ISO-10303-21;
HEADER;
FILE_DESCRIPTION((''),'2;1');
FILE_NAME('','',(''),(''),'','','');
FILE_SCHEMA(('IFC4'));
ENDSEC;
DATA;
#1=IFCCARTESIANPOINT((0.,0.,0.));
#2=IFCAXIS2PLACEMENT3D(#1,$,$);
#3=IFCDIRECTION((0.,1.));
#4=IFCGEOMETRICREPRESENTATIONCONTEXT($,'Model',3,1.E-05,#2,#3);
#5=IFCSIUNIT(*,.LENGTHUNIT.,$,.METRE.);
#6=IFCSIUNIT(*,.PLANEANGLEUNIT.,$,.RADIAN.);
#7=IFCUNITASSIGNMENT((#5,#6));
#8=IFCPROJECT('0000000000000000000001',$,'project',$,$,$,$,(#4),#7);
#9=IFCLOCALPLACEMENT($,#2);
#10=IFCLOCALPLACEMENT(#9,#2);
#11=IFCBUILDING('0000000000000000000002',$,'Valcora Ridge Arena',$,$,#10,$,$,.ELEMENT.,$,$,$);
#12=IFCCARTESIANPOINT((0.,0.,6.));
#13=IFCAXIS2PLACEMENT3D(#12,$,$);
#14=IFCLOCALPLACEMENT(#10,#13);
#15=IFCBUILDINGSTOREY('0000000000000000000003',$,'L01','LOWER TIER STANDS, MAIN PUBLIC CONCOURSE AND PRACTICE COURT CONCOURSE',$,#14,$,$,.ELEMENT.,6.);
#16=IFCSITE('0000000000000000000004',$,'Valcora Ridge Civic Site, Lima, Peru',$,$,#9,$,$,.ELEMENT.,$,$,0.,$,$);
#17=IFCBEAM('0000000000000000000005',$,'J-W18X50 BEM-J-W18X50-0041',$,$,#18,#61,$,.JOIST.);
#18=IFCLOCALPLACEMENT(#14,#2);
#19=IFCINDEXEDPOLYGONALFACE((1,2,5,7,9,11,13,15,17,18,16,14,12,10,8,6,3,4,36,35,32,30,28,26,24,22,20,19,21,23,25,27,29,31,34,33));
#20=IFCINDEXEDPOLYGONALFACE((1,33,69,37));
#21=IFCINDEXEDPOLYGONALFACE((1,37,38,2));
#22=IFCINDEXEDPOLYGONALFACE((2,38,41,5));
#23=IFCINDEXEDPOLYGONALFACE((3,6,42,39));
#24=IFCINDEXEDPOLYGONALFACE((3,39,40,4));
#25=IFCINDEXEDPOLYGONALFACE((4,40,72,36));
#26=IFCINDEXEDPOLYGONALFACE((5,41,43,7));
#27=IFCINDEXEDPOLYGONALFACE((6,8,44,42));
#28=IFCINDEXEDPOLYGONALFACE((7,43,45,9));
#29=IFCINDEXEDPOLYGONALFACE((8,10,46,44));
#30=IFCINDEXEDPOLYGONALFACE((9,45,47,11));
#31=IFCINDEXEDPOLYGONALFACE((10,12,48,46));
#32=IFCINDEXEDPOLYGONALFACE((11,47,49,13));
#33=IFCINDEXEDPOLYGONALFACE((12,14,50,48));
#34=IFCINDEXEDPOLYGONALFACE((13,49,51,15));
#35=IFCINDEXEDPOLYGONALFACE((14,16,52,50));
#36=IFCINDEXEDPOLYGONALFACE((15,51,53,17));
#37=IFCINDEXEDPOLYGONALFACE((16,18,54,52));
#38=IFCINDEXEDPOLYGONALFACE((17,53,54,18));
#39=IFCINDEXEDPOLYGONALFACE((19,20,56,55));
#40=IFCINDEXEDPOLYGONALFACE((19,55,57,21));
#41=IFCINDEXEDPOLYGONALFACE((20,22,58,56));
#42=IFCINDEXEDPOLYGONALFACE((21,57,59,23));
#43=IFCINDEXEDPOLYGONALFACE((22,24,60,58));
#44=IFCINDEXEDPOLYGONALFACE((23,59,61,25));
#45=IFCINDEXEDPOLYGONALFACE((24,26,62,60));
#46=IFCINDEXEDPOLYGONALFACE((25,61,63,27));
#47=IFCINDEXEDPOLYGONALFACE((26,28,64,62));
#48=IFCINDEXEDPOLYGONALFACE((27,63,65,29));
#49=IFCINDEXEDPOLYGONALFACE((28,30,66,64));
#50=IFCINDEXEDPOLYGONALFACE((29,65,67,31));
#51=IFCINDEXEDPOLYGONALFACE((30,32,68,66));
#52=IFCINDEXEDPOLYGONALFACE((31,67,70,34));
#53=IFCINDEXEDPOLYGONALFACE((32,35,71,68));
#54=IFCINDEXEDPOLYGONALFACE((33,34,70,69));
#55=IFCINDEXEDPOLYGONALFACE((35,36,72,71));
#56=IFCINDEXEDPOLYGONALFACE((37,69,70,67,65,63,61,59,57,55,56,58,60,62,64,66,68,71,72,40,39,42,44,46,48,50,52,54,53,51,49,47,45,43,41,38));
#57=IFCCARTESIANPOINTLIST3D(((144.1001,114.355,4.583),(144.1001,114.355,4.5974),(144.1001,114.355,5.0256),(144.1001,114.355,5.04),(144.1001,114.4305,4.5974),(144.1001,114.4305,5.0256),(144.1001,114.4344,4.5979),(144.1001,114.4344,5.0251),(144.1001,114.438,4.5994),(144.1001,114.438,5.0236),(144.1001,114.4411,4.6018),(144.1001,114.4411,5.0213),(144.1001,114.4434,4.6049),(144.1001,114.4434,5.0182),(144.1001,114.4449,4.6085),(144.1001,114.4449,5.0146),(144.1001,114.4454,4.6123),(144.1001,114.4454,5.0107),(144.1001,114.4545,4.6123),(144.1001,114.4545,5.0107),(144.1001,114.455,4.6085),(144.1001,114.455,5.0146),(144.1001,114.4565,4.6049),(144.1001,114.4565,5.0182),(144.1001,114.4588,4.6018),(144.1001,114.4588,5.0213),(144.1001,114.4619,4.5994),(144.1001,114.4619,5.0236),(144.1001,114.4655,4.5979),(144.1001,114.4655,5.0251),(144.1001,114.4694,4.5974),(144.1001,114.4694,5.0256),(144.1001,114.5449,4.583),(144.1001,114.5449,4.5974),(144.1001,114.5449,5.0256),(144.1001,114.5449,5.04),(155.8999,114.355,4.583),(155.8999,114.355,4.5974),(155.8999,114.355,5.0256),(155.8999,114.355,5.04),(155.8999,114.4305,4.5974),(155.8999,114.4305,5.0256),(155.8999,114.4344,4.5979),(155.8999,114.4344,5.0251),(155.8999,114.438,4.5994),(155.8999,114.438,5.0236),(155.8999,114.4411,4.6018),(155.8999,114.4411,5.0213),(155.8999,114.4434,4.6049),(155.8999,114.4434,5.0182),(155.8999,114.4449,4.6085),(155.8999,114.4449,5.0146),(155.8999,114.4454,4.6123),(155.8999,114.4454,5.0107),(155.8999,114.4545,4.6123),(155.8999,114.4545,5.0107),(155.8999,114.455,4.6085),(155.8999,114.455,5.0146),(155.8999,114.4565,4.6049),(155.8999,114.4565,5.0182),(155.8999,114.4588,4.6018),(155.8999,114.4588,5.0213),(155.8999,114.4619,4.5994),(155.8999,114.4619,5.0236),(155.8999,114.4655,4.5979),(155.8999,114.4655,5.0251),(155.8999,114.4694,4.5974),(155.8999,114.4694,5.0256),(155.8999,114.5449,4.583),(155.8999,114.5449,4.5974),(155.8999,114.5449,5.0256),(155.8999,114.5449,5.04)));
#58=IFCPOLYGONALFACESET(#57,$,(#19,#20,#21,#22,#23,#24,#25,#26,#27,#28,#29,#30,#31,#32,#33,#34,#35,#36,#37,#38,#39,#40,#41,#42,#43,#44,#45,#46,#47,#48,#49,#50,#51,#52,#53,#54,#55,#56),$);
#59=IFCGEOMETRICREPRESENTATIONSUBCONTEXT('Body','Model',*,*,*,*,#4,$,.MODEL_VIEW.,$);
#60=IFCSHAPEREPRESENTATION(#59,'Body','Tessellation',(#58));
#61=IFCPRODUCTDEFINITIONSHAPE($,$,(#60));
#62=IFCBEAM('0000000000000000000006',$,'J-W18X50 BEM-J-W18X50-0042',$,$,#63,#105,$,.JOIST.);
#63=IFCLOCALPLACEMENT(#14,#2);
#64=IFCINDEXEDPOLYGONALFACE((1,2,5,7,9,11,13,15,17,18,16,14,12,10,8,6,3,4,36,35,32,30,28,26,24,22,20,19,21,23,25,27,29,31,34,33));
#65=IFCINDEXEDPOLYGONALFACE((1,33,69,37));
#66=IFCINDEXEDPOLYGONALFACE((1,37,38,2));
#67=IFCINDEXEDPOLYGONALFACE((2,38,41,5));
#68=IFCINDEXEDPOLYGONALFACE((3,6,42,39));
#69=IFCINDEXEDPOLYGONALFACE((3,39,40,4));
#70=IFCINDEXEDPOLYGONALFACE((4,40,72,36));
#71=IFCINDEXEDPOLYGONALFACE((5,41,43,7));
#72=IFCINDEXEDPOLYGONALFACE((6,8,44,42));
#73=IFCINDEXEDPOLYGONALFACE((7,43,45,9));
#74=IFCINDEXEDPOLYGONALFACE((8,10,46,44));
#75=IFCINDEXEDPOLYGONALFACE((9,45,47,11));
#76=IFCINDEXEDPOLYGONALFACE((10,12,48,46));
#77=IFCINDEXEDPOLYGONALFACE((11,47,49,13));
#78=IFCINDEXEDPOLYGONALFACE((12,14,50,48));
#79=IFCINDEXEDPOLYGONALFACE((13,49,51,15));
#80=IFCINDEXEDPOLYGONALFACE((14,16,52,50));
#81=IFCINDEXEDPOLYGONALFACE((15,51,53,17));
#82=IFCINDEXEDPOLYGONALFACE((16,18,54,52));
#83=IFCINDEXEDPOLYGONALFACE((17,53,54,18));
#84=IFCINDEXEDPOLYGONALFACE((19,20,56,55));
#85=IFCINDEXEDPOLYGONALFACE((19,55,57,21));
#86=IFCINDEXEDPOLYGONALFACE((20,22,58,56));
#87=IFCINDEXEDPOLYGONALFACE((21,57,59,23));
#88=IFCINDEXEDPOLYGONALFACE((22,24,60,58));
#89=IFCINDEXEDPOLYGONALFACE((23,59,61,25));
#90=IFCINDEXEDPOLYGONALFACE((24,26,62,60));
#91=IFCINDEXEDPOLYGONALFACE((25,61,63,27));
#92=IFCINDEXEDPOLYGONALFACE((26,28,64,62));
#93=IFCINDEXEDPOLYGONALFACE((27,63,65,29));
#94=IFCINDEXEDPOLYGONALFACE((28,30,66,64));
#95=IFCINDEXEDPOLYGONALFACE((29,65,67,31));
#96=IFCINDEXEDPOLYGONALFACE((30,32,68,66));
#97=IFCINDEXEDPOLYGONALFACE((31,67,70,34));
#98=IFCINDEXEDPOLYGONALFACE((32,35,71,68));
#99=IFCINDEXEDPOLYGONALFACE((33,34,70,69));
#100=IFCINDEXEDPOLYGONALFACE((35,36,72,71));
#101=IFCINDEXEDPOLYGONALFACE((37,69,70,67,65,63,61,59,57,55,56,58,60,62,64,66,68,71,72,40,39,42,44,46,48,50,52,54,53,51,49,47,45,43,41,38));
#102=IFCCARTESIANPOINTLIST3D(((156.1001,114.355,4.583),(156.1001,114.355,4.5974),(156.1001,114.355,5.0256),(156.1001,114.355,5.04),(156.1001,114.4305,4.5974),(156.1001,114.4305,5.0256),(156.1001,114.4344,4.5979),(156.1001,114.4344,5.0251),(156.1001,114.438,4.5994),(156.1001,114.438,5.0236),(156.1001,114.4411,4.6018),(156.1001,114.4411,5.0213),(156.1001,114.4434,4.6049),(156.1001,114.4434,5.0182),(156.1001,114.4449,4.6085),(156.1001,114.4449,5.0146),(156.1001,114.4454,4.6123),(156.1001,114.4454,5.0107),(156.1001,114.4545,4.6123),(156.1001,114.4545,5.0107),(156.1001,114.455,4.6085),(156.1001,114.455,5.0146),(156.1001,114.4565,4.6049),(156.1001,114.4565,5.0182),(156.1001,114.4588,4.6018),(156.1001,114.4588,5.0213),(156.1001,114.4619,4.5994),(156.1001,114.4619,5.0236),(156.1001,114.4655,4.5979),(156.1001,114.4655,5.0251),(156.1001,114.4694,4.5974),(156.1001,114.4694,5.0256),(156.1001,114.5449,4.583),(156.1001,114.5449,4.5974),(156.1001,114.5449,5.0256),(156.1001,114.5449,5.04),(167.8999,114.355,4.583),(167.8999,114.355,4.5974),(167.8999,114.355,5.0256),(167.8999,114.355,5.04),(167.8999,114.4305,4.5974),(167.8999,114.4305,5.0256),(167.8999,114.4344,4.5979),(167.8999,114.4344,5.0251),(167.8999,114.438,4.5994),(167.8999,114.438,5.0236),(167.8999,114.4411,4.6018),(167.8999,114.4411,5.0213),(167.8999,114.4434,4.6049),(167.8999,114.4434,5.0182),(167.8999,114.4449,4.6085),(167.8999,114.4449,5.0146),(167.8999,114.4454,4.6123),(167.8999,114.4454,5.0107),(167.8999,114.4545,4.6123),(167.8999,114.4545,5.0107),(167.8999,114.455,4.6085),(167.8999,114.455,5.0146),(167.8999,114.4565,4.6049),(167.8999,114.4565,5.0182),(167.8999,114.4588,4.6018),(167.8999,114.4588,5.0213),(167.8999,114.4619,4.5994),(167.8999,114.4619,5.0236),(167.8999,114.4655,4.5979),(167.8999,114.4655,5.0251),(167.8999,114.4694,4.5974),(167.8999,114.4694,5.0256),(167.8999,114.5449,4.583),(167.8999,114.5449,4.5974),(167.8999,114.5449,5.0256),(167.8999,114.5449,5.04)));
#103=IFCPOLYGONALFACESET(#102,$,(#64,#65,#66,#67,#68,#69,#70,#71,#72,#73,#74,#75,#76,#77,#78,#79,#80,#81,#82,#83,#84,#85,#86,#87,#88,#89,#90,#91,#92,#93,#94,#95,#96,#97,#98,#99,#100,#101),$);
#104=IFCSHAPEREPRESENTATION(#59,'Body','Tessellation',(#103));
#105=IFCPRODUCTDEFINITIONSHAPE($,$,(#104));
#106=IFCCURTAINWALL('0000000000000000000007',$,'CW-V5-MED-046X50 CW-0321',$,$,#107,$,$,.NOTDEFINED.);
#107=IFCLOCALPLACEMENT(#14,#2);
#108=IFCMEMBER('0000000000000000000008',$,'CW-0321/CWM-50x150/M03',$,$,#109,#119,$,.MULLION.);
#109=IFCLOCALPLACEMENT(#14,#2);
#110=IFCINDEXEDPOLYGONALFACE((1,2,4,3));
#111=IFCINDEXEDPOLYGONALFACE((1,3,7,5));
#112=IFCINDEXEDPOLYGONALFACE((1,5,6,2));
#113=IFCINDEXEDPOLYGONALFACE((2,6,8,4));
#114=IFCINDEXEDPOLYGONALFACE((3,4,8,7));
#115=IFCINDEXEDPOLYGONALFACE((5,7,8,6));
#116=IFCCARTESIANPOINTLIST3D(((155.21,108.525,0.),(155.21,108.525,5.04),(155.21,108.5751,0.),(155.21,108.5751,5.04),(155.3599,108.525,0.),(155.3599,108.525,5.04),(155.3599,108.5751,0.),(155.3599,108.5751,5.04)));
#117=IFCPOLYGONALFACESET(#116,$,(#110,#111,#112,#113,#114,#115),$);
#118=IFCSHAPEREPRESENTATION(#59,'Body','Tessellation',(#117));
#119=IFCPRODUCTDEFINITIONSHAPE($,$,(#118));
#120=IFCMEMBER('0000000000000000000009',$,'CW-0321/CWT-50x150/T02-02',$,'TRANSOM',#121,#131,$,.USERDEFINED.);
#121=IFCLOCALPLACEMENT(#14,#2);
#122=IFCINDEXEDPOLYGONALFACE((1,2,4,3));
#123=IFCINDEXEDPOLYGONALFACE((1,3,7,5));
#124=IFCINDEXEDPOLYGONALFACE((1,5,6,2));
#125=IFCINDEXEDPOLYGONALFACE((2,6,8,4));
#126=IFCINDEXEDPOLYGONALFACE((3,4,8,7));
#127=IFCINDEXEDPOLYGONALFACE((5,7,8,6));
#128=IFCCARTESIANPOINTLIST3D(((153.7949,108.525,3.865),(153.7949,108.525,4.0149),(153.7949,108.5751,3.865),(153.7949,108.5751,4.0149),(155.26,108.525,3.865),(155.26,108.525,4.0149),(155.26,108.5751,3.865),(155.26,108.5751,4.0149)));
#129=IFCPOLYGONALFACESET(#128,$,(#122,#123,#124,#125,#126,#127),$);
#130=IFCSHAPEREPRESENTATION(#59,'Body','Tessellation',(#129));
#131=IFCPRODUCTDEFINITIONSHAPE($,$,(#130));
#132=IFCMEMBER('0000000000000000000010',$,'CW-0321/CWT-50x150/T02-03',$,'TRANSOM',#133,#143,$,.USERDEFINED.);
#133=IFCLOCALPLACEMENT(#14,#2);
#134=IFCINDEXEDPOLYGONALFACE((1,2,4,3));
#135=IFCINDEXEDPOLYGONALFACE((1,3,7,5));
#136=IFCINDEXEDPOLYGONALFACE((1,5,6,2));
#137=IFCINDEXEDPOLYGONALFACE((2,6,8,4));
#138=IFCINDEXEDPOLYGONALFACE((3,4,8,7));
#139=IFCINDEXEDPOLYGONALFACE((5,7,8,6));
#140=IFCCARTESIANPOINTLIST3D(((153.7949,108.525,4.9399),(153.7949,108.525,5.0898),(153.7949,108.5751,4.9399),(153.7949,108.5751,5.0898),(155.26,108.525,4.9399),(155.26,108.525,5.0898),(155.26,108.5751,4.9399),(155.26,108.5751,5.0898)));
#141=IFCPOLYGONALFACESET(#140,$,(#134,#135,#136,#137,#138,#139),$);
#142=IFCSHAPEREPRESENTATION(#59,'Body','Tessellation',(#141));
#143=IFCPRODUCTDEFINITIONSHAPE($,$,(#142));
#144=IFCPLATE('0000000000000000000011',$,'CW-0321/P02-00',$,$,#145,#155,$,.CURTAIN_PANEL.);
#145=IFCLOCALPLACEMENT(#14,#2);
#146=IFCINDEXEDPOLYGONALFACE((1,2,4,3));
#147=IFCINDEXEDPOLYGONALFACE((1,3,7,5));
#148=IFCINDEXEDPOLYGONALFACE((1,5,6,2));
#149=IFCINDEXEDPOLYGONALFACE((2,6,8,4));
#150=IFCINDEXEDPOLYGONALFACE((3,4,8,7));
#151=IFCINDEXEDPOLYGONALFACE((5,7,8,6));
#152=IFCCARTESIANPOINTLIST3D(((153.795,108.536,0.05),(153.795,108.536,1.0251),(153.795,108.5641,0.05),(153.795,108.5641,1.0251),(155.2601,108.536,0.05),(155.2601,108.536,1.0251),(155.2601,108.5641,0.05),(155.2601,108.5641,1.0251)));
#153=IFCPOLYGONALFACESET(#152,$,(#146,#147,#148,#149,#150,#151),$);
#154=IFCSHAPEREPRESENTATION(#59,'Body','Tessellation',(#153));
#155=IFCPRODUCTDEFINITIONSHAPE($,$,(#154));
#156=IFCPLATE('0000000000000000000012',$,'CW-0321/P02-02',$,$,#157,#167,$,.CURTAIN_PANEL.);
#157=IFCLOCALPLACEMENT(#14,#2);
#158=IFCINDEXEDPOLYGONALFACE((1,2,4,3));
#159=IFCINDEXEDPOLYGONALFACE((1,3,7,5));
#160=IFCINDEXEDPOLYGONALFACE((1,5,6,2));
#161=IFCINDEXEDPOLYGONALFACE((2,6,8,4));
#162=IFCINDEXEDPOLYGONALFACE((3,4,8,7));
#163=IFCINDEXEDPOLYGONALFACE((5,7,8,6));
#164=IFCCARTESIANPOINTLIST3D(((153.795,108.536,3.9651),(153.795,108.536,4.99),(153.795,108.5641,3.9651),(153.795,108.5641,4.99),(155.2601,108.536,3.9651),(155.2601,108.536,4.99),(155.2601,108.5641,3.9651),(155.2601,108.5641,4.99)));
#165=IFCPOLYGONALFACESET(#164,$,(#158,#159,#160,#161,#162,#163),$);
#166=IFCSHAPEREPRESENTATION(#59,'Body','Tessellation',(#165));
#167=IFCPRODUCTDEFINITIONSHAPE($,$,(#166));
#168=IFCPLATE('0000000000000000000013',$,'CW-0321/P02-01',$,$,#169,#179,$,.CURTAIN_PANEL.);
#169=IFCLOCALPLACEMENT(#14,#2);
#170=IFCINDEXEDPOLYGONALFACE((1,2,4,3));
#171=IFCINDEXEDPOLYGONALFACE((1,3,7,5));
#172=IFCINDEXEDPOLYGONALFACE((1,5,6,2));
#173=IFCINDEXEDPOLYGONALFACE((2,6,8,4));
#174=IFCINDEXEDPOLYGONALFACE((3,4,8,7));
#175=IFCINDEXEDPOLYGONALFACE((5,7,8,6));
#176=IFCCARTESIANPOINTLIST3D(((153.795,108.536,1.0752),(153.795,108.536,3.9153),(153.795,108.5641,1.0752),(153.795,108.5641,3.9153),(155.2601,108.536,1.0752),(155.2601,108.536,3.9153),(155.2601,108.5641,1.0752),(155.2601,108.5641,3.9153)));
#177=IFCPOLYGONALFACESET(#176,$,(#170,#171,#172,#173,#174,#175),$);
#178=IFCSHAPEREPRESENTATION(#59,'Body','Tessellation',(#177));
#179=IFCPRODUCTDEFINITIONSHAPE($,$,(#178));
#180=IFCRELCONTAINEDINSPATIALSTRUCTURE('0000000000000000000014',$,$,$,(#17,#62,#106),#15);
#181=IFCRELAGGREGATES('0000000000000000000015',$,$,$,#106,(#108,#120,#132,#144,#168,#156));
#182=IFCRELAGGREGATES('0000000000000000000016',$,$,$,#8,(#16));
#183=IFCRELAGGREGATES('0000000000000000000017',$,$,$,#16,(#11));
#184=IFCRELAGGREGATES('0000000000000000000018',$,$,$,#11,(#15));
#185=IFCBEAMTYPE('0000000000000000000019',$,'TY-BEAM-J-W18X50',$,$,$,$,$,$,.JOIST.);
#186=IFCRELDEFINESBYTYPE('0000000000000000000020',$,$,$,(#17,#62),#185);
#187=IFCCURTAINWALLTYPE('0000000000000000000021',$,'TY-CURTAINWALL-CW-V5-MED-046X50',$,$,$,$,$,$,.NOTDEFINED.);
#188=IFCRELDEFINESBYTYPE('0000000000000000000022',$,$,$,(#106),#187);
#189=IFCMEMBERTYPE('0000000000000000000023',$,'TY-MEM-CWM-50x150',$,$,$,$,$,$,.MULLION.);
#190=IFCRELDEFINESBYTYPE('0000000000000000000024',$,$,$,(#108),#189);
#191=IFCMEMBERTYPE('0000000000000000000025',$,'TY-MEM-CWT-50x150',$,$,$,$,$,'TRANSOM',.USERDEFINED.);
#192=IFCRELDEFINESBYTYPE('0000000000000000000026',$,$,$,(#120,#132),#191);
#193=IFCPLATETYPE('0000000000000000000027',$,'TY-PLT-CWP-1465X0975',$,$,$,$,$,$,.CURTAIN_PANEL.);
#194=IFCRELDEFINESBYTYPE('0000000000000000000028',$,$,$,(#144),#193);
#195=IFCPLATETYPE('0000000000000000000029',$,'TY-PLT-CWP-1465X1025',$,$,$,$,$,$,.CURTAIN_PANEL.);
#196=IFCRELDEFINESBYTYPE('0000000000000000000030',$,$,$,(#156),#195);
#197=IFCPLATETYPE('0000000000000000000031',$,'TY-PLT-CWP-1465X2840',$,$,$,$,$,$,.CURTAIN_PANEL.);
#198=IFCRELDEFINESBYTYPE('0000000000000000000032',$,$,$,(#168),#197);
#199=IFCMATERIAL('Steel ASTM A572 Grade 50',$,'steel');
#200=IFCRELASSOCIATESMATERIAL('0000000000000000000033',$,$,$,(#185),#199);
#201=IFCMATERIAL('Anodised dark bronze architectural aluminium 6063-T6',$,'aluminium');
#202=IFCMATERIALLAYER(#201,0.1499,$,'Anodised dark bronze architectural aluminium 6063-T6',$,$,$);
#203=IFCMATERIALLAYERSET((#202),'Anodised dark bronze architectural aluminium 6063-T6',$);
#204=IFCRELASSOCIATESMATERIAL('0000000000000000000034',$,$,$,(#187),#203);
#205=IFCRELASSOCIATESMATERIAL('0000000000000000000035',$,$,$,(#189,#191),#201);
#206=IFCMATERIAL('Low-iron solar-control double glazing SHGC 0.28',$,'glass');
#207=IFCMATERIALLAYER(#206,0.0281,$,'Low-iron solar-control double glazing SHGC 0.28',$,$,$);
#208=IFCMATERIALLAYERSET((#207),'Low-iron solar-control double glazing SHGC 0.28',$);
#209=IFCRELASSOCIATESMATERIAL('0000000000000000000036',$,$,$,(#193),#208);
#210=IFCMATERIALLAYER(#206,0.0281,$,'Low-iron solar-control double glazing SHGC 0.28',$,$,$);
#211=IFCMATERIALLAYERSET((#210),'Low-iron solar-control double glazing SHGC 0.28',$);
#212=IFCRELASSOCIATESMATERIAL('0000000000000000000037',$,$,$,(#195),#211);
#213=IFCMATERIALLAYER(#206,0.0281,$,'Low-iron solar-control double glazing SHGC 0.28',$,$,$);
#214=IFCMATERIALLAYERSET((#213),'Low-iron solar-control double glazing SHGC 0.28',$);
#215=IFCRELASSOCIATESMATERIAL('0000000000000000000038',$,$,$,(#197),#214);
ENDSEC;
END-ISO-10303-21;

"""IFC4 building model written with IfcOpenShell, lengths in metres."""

from ifc_helpers import new_model, si_unit, direction, frame, origin, origin_2d, place, context, subcontext, project, spatial, rectangle, i_section, extrude, material, layer, layer_set, material_profile, profile_set, type_object, element, aggregate, save


model = new_model("IFC4")

# Units and contexts
model_context = context("Model", 3, precision=1e-05, world=origin(), true_north=direction((0.0, 1.0)))
body_context = subcontext(model_context, "Body", "Model", "MODEL_VIEW")
ifc_project = project(units=[si_unit("LENGTHUNIT", "METRE"), si_unit("PLANEANGLEUNIT", "RADIAN")], contexts=[model_context])

# Site, building, storey
site_placement = place(None, origin())
site = spatial("IfcSite", under=ifc_project, at=site_placement, Name="Valcora Ridge Civic Site, Lima, Peru", CompositionType="ELEMENT", RefElevation=0.0)
building_placement = place(site_placement, origin())
building = spatial("IfcBuilding", under=site, at=building_placement, Name="Valcora Ridge Arena", CompositionType="ELEMENT")
storey_placement = place(building_placement, frame((0.0, 0.0, 6.0)))
storey = spatial("IfcBuildingStorey", under=building, at=storey_placement, Name="L01", Description="LOWER TIER STANDS, MAIN PUBLIC CONCOURSE AND PRACTICE COURT CONCOURSE", CompositionType="ELEMENT", Elevation=6.0)

# Beams
ifc_material_1 = material(Name="Steel ASTM A572 Grade 50", Category="steel")
ifc_material_profile_1 = material_profile(ifc_material_1, i_section(OverallWidth=0.1899, OverallDepth=0.457, WebThickness=0.009, FlangeThickness=0.0144, FilletRadius=0.0149, at=origin_2d()), Name="W18X50")
ifc_profile_set_1 = profile_set([ifc_material_profile_1], Name="Steel ASTM A572 Grade 50")
beam_type_1 = type_object("IfcBeamType", Name="TY-BEAM-J-W18X50", PredefinedType="JOIST", material=ifc_profile_set_1)
for number, where, z_axis, x_axis, name in (
    (1, (144.1001, 114.45, 4.8115), (1.0, 0.0, 0.0), (0.0, 1.0, 0.0), "J-W18X50 BEM-J-W18X50-0041"),
    (2, (156.1001, 114.45, 4.8115), (1.0, 0.0, 0.0), (0.0, 1.0, 0.0), "J-W18X50 BEM-J-W18X50-0042"),
):
    element("IfcBeam", number, at=place(storey_placement, frame(where, z_axis=z_axis, x_axis=x_axis)), inside=storey, type_object=beam_type_1, Name=name, PredefinedType="JOIST", context=body_context, shape_type="SweptSolid", body=[
        extrude(i_section(OverallWidth=0.1899, OverallDepth=0.457, WebThickness=0.009, FlangeThickness=0.0144, FilletRadius=0.0149, at=origin_2d()), origin(), (0.0, 0.0, 1.0), 11.7998),
    ])

# Curtain wall, members, plates
ifc_material_2 = material(Name="Anodised dark bronze architectural aluminium 6063-T6", Category="aluminium")
ifc_layer_1 = layer(ifc_material_2, 0.1499, Name="Anodised dark bronze architectural aluminium 6063-T6")
ifc_layer_set_1 = layer_set([ifc_layer_1], Name="Anodised dark bronze architectural aluminium 6063-T6")
curtain_wall_type = type_object("IfcCurtainWallType", Name="TY-CURTAINWALL-CW-V5-MED-046X50", PredefinedType="NOTDEFINED", material=ifc_layer_set_1)
curtain_wall_placement = place(storey_placement, origin())
curtain_wall = element("IfcCurtainWall", 3, at=curtain_wall_placement, inside=storey, type_object=curtain_wall_type, Name="CW-V5-MED-046X50 CW-0321", PredefinedType="NOTDEFINED")
ifc_material_profile_2 = material_profile(ifc_material_2, rectangle(XDim=0.05, YDim=0.1499, at=origin_2d()), Name="ALU MULLION 50x150")
ifc_profile_set_2 = profile_set([ifc_material_profile_2], Name="Anodised dark bronze architectural aluminium 6063-T6")
member_type_1 = type_object("IfcMemberType", Name="TY-MEM-CWM-50x150", PredefinedType="MULLION", material=ifc_profile_set_2)
member_1_placement = place(storey_placement, frame((155.2849, 108.55, 0.0), z_axis=(0.0, 0.0, 1.0), x_axis=(0.0, 1.0, 0.0)))
member_1 = element("IfcMember", 4, at=member_1_placement, type_object=member_type_1, Name="CW-0321/CWM-50x150/M03", PredefinedType="MULLION", context=body_context, shape_type="SweptSolid", body=[
    extrude(rectangle(XDim=0.05, YDim=0.1499, at=origin_2d()), origin(), (0.0, 0.0, 1.0), 5.04),
])
ifc_material_profile_3 = material_profile(ifc_material_2, rectangle(XDim=0.05, YDim=0.1499, at=origin_2d()), Name="ALU TRANSOM 50x150")
ifc_profile_set_3 = profile_set([ifc_material_profile_3], Name="Anodised dark bronze architectural aluminium 6063-T6")
member_type_2 = type_object("IfcMemberType", Name="TY-MEM-CWT-50x150", ElementType="TRANSOM", PredefinedType="USERDEFINED", material=ifc_profile_set_3)
member_2_placement = place(storey_placement, frame((153.7949, 108.55, 3.9399), z_axis=(1.0, 0.0, 0.0), x_axis=(0.0, 1.0, 0.0)))
member_2 = element("IfcMember", 5, at=member_2_placement, type_object=member_type_2, Name="CW-0321/CWT-50x150/T02-02", ObjectType="TRANSOM", PredefinedType="USERDEFINED", context=body_context, shape_type="SweptSolid", body=[
    extrude(rectangle(XDim=0.05, YDim=0.1499, at=origin_2d()), origin(), (0.0, 0.0, 1.0), 1.4651),
])
member_3_placement = place(storey_placement, frame((153.7949, 108.55, 5.0149), z_axis=(1.0, 0.0, 0.0), x_axis=(0.0, 1.0, 0.0)))
member_3 = element("IfcMember", 6, at=member_3_placement, type_object=member_type_2, Name="CW-0321/CWT-50x150/T02-03", ObjectType="TRANSOM", PredefinedType="USERDEFINED", context=body_context, shape_type="SweptSolid", body=[
    extrude(rectangle(XDim=0.05, YDim=0.1499, at=origin_2d()), origin(), (0.0, 0.0, 1.0), 1.4651),
])
ifc_material_3 = material(Name="Low-iron solar-control double glazing SHGC 0.28", Category="glass")
ifc_layer_2 = layer(ifc_material_3, 0.0281, Name="Low-iron solar-control double glazing SHGC 0.28")
ifc_layer_set_2 = layer_set([ifc_layer_2], Name="Low-iron solar-control double glazing SHGC 0.28")
plate_type_1 = type_object("IfcPlateType", Name="TY-PLT-CWP-1465X0975", PredefinedType="CURTAIN_PANEL", material=ifc_layer_set_2)
plate_1_placement = place(storey_placement, frame((154.5276, 108.55, 0.05), z_axis=(0.0, 0.0, 1.0), x_axis=(1.0, 0.0, 0.0)))
plate_1 = element("IfcPlate", 7, at=plate_1_placement, type_object=plate_type_1, Name="CW-0321/P02-00", PredefinedType="CURTAIN_PANEL", context=body_context, shape_type="SweptSolid", body=[
    extrude(rectangle(XDim=1.4651, YDim=0.0281, at=origin_2d()), origin(), (0.0, 0.0, 1.0), 0.9751),
])
ifc_layer_3 = layer(ifc_material_3, 0.0281, Name="Low-iron solar-control double glazing SHGC 0.28")
ifc_layer_set_3 = layer_set([ifc_layer_3], Name="Low-iron solar-control double glazing SHGC 0.28")
plate_type_2 = type_object("IfcPlateType", Name="TY-PLT-CWP-1465X1025", PredefinedType="CURTAIN_PANEL", material=ifc_layer_set_3)
plate_2_placement = place(storey_placement, frame((154.5276, 108.55, 3.9651), z_axis=(0.0, 0.0, 1.0), x_axis=(1.0, 0.0, 0.0)))
plate_2 = element("IfcPlate", 8, at=plate_2_placement, type_object=plate_type_2, Name="CW-0321/P02-02", PredefinedType="CURTAIN_PANEL", context=body_context, shape_type="SweptSolid", body=[
    extrude(rectangle(XDim=1.4651, YDim=0.0281, at=origin_2d()), origin(), (0.0, 0.0, 1.0), 1.0249),
])
ifc_layer_4 = layer(ifc_material_3, 0.0281, Name="Low-iron solar-control double glazing SHGC 0.28")
ifc_layer_set_4 = layer_set([ifc_layer_4], Name="Low-iron solar-control double glazing SHGC 0.28")
plate_type_3 = type_object("IfcPlateType", Name="TY-PLT-CWP-1465X2840", PredefinedType="CURTAIN_PANEL", material=ifc_layer_set_4)
plate_3_placement = place(storey_placement, frame((154.5276, 108.55, 1.0752), z_axis=(0.0, 0.0, 1.0), x_axis=(1.0, 0.0, 0.0)))
plate_3 = element("IfcPlate", 9, at=plate_3_placement, type_object=plate_type_3, Name="CW-0321/P02-01", PredefinedType="CURTAIN_PANEL", context=body_context, shape_type="SweptSolid", body=[
    extrude(rectangle(XDim=1.4651, YDim=0.0281, at=origin_2d()), origin(), (0.0, 0.0, 1.0), 2.8401),
])
aggregate(curtain_wall, [member_1, member_2, member_3, plate_1, plate_3, plate_2])

save(model, "model.ifc")
